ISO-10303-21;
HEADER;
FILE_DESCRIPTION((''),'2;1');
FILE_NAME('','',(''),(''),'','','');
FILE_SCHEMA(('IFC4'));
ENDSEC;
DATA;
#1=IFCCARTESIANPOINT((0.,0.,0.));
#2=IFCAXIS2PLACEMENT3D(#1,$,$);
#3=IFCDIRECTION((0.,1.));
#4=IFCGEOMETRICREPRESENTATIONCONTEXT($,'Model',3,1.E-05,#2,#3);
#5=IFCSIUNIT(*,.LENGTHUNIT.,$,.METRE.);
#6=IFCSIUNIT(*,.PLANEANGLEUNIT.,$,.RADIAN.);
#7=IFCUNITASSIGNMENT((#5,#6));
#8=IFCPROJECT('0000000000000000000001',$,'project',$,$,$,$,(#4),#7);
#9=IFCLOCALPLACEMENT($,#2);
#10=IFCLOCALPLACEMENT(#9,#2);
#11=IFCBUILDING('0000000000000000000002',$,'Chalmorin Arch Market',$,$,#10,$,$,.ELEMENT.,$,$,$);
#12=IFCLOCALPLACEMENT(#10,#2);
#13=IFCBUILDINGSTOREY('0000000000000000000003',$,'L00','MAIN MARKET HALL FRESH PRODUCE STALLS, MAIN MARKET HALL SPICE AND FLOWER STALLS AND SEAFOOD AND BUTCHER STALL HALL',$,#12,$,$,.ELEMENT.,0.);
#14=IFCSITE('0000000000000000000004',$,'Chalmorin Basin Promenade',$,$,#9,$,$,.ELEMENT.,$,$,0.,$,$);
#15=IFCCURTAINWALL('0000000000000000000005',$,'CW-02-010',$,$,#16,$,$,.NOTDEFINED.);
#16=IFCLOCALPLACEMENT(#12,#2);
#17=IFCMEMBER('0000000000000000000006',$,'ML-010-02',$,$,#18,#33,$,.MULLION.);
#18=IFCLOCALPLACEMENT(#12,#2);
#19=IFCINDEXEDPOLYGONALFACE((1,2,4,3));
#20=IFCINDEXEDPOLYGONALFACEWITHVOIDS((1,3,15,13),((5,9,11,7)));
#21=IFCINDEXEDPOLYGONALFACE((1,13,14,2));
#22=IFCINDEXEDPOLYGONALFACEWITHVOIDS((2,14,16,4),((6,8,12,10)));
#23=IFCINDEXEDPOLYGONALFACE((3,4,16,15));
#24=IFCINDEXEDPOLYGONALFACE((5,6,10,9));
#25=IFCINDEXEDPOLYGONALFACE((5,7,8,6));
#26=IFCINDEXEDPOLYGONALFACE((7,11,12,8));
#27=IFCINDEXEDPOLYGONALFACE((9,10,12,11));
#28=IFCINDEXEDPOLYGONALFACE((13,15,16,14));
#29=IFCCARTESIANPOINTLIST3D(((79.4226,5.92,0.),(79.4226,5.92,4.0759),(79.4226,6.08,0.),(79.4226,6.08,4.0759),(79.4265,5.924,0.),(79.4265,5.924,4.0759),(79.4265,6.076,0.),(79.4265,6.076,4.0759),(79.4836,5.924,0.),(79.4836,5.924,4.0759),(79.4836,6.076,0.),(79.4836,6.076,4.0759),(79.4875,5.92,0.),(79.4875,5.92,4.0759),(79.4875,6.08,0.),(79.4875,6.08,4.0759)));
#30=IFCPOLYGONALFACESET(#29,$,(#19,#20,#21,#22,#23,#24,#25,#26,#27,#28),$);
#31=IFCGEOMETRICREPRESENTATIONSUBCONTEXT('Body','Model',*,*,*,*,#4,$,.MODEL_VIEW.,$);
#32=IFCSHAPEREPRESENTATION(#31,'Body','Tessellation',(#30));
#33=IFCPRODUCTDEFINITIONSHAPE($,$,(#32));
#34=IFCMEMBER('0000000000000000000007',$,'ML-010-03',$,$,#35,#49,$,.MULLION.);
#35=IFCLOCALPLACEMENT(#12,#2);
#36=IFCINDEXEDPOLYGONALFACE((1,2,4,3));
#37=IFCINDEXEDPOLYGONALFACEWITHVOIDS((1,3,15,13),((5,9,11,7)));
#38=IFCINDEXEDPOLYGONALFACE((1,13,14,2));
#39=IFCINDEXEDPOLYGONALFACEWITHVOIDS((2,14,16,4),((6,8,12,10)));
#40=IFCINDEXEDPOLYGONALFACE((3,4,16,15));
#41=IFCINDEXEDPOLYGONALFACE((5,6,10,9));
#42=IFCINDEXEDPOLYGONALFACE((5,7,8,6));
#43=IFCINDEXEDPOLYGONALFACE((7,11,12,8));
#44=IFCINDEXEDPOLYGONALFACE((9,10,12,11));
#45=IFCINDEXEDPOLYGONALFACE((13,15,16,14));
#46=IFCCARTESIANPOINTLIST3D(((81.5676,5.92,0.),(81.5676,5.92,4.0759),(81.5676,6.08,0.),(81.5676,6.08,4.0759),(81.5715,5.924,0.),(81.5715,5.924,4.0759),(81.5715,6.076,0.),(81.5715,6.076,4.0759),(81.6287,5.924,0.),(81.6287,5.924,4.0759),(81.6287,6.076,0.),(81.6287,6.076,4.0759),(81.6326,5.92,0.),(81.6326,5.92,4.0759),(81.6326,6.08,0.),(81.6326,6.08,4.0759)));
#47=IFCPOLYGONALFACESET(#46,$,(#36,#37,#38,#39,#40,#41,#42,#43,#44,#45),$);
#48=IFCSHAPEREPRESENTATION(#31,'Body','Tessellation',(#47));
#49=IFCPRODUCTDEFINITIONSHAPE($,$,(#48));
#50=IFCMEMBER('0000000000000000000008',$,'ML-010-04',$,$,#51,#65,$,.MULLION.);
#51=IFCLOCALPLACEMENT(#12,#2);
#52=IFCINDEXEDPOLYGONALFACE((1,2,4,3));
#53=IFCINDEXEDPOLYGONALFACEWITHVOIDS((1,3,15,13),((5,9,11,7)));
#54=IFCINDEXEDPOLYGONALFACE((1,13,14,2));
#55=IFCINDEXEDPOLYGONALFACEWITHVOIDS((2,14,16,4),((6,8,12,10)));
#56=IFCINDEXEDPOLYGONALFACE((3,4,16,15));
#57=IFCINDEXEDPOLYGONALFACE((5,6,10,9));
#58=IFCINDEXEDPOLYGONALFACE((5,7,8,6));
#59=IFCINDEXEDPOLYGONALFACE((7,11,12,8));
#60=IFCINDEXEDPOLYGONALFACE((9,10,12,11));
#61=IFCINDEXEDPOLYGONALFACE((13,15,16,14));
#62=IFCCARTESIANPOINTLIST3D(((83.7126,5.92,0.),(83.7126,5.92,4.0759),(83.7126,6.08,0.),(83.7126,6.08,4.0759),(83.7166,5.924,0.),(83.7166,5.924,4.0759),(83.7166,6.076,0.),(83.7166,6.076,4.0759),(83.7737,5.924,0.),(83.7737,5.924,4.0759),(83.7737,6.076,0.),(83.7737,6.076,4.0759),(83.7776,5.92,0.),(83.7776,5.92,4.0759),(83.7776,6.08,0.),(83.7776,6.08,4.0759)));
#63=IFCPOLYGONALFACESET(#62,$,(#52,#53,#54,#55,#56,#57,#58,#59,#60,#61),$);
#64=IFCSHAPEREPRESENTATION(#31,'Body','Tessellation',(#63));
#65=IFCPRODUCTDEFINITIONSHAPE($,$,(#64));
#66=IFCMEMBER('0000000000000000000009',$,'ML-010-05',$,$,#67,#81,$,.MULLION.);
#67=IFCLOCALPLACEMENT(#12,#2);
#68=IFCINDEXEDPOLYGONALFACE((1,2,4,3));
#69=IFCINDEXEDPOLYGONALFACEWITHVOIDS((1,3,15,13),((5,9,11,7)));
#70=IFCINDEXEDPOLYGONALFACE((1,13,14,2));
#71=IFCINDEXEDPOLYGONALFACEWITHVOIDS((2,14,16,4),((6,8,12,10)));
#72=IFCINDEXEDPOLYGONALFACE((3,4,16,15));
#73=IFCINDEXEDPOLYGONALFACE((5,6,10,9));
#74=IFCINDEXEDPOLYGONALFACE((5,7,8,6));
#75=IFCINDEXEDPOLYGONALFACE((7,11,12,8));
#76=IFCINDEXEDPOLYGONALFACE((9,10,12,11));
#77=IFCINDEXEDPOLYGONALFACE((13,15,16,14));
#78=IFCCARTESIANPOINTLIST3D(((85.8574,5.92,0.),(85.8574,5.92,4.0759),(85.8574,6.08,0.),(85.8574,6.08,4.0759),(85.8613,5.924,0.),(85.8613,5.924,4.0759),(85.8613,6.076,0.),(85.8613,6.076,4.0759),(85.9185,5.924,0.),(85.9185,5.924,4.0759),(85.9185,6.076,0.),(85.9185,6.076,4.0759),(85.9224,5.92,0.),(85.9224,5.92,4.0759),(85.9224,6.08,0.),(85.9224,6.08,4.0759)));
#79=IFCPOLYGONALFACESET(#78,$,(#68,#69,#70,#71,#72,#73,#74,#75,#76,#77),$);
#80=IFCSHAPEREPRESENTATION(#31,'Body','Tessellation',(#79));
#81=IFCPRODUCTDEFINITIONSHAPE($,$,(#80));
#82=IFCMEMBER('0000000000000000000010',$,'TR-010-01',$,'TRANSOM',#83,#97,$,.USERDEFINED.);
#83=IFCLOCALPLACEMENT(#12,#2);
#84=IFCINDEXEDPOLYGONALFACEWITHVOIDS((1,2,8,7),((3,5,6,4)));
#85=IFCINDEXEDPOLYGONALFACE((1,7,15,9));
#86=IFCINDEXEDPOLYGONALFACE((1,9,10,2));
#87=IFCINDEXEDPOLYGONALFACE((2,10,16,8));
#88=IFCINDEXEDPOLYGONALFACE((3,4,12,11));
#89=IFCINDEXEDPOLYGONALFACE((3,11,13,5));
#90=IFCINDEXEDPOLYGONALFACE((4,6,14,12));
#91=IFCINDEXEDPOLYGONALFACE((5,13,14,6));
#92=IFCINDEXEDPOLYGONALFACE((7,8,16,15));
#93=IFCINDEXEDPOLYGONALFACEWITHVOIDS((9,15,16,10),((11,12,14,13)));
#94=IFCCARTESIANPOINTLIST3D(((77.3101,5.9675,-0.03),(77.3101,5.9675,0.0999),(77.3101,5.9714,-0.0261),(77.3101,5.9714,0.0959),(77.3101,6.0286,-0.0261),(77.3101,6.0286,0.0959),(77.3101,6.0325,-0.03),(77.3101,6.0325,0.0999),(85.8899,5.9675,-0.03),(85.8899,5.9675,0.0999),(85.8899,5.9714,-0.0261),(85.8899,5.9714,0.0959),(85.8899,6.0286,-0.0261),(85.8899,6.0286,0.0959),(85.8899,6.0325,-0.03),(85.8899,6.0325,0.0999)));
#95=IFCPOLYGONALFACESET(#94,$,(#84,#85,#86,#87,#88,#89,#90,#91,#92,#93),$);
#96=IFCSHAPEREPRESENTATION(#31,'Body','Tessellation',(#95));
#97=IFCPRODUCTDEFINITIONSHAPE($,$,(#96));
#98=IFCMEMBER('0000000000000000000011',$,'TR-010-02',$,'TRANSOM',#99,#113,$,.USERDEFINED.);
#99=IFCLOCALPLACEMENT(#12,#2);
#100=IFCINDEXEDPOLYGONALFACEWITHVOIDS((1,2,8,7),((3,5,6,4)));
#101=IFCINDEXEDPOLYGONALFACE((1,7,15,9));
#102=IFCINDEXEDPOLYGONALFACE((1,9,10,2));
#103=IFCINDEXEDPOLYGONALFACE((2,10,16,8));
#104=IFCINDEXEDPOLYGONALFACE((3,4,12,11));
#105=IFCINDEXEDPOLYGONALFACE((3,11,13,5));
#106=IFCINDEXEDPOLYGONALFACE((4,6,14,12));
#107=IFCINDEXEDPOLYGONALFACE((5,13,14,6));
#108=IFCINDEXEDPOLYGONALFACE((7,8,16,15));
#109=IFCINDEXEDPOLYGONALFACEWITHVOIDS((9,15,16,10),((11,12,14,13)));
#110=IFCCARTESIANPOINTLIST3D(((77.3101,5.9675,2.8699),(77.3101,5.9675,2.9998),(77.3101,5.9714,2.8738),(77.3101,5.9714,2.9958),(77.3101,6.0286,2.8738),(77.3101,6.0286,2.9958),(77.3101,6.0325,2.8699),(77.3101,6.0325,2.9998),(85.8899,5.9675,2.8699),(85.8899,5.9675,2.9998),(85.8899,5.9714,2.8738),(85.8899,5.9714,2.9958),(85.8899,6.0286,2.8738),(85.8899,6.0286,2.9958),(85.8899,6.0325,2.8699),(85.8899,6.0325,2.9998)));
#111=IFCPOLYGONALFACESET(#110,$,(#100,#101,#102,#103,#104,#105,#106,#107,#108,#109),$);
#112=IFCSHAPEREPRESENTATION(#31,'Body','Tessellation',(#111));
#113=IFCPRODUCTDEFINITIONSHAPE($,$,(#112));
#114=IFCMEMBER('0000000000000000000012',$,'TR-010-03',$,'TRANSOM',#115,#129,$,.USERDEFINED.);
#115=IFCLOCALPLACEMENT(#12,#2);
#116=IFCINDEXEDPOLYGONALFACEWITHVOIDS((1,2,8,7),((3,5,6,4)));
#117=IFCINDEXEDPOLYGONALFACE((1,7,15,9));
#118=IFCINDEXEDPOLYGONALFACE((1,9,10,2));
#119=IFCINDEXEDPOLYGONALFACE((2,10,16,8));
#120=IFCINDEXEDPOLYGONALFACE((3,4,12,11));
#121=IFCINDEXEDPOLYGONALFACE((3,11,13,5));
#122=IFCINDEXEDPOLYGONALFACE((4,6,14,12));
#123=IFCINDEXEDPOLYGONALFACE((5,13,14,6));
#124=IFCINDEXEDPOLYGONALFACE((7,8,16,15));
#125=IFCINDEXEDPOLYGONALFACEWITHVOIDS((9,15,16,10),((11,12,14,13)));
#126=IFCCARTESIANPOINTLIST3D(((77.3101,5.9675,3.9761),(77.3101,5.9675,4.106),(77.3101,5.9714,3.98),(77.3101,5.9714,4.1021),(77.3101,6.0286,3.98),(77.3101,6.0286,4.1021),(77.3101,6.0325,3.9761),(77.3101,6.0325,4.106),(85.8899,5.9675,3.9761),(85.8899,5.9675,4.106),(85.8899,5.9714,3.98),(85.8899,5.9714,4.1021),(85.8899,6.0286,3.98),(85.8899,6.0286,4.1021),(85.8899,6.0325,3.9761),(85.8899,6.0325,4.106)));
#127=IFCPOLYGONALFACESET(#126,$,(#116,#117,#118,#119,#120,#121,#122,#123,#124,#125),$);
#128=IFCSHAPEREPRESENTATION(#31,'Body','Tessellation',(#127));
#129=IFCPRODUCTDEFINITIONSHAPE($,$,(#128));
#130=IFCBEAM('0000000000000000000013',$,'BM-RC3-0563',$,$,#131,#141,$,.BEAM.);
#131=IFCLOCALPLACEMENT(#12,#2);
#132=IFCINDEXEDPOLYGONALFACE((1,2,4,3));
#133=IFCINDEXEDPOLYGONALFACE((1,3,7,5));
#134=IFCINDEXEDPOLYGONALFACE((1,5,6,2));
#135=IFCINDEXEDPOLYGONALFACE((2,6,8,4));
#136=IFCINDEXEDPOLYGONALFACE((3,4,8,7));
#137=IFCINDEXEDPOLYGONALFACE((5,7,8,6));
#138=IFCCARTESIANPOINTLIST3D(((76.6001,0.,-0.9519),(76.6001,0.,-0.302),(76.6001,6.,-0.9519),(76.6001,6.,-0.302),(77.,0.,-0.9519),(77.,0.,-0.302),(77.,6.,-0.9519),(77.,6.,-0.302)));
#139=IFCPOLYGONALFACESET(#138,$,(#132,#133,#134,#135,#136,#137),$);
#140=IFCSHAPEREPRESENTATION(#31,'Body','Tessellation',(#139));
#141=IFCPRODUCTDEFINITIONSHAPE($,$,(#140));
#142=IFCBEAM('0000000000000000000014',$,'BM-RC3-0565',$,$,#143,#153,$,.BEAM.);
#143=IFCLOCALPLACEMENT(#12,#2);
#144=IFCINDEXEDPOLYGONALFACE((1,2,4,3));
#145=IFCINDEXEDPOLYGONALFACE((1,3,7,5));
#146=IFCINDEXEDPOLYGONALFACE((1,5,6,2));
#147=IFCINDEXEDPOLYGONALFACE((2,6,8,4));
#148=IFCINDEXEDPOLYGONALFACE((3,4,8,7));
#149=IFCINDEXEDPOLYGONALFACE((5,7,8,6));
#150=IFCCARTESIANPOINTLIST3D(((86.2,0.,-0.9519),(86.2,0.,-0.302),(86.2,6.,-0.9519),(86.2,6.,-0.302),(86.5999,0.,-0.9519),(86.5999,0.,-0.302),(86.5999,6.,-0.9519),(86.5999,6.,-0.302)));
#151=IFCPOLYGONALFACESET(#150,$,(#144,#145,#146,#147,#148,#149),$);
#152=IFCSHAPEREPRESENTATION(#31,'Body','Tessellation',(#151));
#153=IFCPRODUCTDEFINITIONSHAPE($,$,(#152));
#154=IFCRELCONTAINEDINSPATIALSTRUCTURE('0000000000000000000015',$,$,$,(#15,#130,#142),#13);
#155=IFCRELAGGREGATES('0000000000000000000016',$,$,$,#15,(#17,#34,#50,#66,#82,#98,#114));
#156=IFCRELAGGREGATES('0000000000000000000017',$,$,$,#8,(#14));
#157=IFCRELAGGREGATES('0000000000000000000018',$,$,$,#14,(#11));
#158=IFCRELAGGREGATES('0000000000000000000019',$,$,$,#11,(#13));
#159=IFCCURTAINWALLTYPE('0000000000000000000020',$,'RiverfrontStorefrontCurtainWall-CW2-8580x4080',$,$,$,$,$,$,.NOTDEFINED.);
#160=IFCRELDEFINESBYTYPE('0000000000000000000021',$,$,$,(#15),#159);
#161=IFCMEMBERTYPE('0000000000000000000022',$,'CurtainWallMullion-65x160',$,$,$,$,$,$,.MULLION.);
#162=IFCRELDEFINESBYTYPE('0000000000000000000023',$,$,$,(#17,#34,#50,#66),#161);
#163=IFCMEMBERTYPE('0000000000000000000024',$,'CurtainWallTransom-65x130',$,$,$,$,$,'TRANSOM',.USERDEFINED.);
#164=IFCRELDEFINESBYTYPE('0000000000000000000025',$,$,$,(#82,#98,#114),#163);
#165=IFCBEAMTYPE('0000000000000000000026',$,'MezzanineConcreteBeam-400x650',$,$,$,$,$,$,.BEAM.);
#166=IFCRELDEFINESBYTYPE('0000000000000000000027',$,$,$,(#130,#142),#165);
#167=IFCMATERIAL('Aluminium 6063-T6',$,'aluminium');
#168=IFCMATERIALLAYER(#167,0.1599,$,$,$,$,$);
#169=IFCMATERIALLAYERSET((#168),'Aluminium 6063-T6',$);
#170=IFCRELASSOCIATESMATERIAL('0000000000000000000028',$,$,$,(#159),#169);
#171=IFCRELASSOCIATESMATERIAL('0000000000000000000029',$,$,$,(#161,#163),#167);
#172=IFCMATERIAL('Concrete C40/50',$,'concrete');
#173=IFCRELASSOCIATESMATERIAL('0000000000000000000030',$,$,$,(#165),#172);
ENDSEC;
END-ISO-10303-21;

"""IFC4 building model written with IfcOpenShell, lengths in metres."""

from ifc_helpers import new_model, si_unit, direction, frame, origin, origin_2d, place, context, subcontext, project, spatial, rectangle, hollow_rectangle, extrude, material, layer, layer_set, material_profile, profile_set, type_object, element, aggregate, save


model = new_model("IFC4")

# Units and contexts
model_context = context("Model", 3, precision=1e-05, world=origin(), true_north=direction((0.0, 1.0)))
body_context = subcontext(model_context, "Body", "Model", "MODEL_VIEW")
ifc_project = project(units=[si_unit("LENGTHUNIT", "METRE"), si_unit("PLANEANGLEUNIT", "RADIAN")], contexts=[model_context])

# Site, building, storey
site_placement = place(None, origin())
site = spatial("IfcSite", under=ifc_project, at=site_placement, Name="Chalmorin Basin Promenade", CompositionType="ELEMENT", RefElevation=0.0)
building_placement = place(site_placement, origin())
building = spatial("IfcBuilding", under=site, at=building_placement, Name="Chalmorin Arch Market", CompositionType="ELEMENT")
storey_placement = place(building_placement, origin())
storey = spatial("IfcBuildingStorey", under=building, at=storey_placement, Name="L00", Description="MAIN MARKET HALL FRESH PRODUCE STALLS, MAIN MARKET HALL SPICE AND FLOWER STALLS AND SEAFOOD AND BUTCHER STALL HALL", CompositionType="ELEMENT", Elevation=0.0)

# Shared definitions
ifc_material_1 = material(Name="Concrete C40/50", Category="concrete")

# Curtain wall, members
ifc_material_2 = material(Name="Aluminium 6063-T6", Category="aluminium")
ifc_layer_1 = layer(ifc_material_2, 0.1599)
ifc_layer_set_1 = layer_set([ifc_layer_1], Name="Aluminium 6063-T6")
curtain_wall_type = type_object("IfcCurtainWallType", Name="RiverfrontStorefrontCurtainWall-CW2-8580x4080", PredefinedType="NOTDEFINED", material=ifc_layer_set_1)
curtain_wall_placement = place(storey_placement, origin())
curtain_wall = element("IfcCurtainWall", 1, at=curtain_wall_placement, inside=storey, type_object=curtain_wall_type, Name="CW-02-010", PredefinedType="NOTDEFINED")
ifc_material_profile_1 = material_profile(ifc_material_2, hollow_rectangle(XDim=0.0649, YDim=0.1599, WallThickness=0.0039, at=origin_2d()), Name="ALU65X160X4")
ifc_profile_set_1 = profile_set([ifc_material_profile_1], Name="Aluminium 6063-T6")
member_type_1 = type_object("IfcMemberType", Name="CurtainWallMullion-65x160", PredefinedType="MULLION", material=ifc_profile_set_1)
member_1_placement = place(storey_placement, frame((79.4551, 6.0, 0.0), z_axis=(0.0, 0.0, 1.0), x_axis=(1.0, 0.0, 0.0)))
member_1 = element("IfcMember", 2, at=member_1_placement, type_object=member_type_1, Name="ML-010-02", PredefinedType="MULLION", context=body_context, shape_type="SweptSolid", body=[
    extrude(hollow_rectangle(XDim=0.0649, YDim=0.1599, WallThickness=0.0039, at=origin_2d()), origin(), (0.0, 0.0, 1.0), 4.0759),
])
member_2_placement = place(storey_placement, frame((81.6001, 6.0, 0.0), z_axis=(0.0, 0.0, 1.0), x_axis=(1.0, 0.0, 0.0)))
member_2 = element("IfcMember", 3, at=member_2_placement, type_object=member_type_1, Name="ML-010-03", PredefinedType="MULLION", context=body_context, shape_type="SweptSolid", body=[
    extrude(hollow_rectangle(XDim=0.0649, YDim=0.1599, WallThickness=0.0039, at=origin_2d()), origin(), (0.0, 0.0, 1.0), 4.0759),
])
member_3_placement = place(storey_placement, frame((83.7451, 6.0, 0.0), z_axis=(0.0, 0.0, 1.0), x_axis=(1.0, 0.0, 0.0)))
member_3 = element("IfcMember", 4, at=member_3_placement, type_object=member_type_1, Name="ML-010-04", PredefinedType="MULLION", context=body_context, shape_type="SweptSolid", body=[
    extrude(hollow_rectangle(XDim=0.0649, YDim=0.1599, WallThickness=0.0039, at=origin_2d()), origin(), (0.0, 0.0, 1.0), 4.0759),
])
member_4_placement = place(storey_placement, frame((85.8899, 6.0, 0.0), z_axis=(0.0, 0.0, 1.0), x_axis=(1.0, 0.0, 0.0)))
member_4 = element("IfcMember", 5, at=member_4_placement, type_object=member_type_1, Name="ML-010-05", PredefinedType="MULLION", context=body_context, shape_type="SweptSolid", body=[
    extrude(hollow_rectangle(XDim=0.0649, YDim=0.1599, WallThickness=0.0039, at=origin_2d()), origin(), (0.0, 0.0, 1.0), 4.0759),
])
ifc_material_profile_2 = material_profile(ifc_material_2, hollow_rectangle(XDim=0.0649, YDim=0.1299, WallThickness=0.0039, at=origin_2d()), Name="ALU65X130X4")
ifc_profile_set_2 = profile_set([ifc_material_profile_2], Name="Aluminium 6063-T6")
member_type_2 = type_object("IfcMemberType", Name="CurtainWallTransom-65x130", ElementType="TRANSOM", PredefinedType="USERDEFINED", material=ifc_profile_set_2)
member_5_placement = place(storey_placement, frame((77.3101, 6.0, 0.0349), z_axis=(1.0, 0.0, 0.0), x_axis=(0.0, 1.0, 0.0)))
member_5 = element("IfcMember", 6, at=member_5_placement, type_object=member_type_2, Name="TR-010-01", ObjectType="TRANSOM", PredefinedType="USERDEFINED", context=body_context, shape_type="SweptSolid", body=[
    extrude(hollow_rectangle(XDim=0.0649, YDim=0.1299, WallThickness=0.0039, at=origin_2d()), origin(), (0.0, 0.0, 1.0), 8.5798),
])
member_6_placement = place(storey_placement, frame((77.3101, 6.0, 2.9348), z_axis=(1.0, 0.0, 0.0), x_axis=(0.0, 1.0, 0.0)))
member_6 = element("IfcMember", 7, at=member_6_placement, type_object=member_type_2, Name="TR-010-02", ObjectType="TRANSOM", PredefinedType="USERDEFINED", context=body_context, shape_type="SweptSolid", body=[
    extrude(hollow_rectangle(XDim=0.0649, YDim=0.1299, WallThickness=0.0039, at=origin_2d()), origin(), (0.0, 0.0, 1.0), 8.5798),
])
member_7_placement = place(storey_placement, frame((77.3101, 6.0, 4.041), z_axis=(1.0, 0.0, 0.0), x_axis=(0.0, 1.0, 0.0)))
member_7 = element("IfcMember", 8, at=member_7_placement, type_object=member_type_2, Name="TR-010-03", ObjectType="TRANSOM", PredefinedType="USERDEFINED", context=body_context, shape_type="SweptSolid", body=[
    extrude(hollow_rectangle(XDim=0.0649, YDim=0.1299, WallThickness=0.0039, at=origin_2d()), origin(), (0.0, 0.0, 1.0), 8.5798),
])

# Beams
ifc_material_profile_3 = material_profile(ifc_material_1, rectangle(XDim=0.3999, YDim=0.6499, at=origin_2d()), Name="RC400X650")
ifc_profile_set_3 = profile_set([ifc_material_profile_3], Name="Concrete C40/50")
beam_type_1 = type_object("IfcBeamType", Name="MezzanineConcreteBeam-400x650", PredefinedType="BEAM", material=ifc_profile_set_3)
for number, where, z_axis, x_axis, name in (
    (9, (76.8, 0.0, -0.627), (0.0, 1.0, 0.0), (-1.0, 0.0, 0.0), "BM-RC3-0563"),
    (10, (86.3999, 0.0, -0.627), (0.0, 1.0, 0.0), (-1.0, 0.0, 0.0), "BM-RC3-0565"),
):
    element("IfcBeam", number, at=place(storey_placement, frame(where, z_axis=z_axis, x_axis=x_axis)), inside=storey, type_object=beam_type_1, Name=name, PredefinedType="BEAM", context=body_context, shape_type="SweptSolid", body=[
        extrude(rectangle(XDim=0.3999, YDim=0.6499, at=origin_2d()), origin(), (0.0, 0.0, 1.0), 6.0),
    ])

aggregate(curtain_wall, [member_1, member_2, member_3, member_4, member_5, member_6, member_7])

save(model, "model.ifc")
